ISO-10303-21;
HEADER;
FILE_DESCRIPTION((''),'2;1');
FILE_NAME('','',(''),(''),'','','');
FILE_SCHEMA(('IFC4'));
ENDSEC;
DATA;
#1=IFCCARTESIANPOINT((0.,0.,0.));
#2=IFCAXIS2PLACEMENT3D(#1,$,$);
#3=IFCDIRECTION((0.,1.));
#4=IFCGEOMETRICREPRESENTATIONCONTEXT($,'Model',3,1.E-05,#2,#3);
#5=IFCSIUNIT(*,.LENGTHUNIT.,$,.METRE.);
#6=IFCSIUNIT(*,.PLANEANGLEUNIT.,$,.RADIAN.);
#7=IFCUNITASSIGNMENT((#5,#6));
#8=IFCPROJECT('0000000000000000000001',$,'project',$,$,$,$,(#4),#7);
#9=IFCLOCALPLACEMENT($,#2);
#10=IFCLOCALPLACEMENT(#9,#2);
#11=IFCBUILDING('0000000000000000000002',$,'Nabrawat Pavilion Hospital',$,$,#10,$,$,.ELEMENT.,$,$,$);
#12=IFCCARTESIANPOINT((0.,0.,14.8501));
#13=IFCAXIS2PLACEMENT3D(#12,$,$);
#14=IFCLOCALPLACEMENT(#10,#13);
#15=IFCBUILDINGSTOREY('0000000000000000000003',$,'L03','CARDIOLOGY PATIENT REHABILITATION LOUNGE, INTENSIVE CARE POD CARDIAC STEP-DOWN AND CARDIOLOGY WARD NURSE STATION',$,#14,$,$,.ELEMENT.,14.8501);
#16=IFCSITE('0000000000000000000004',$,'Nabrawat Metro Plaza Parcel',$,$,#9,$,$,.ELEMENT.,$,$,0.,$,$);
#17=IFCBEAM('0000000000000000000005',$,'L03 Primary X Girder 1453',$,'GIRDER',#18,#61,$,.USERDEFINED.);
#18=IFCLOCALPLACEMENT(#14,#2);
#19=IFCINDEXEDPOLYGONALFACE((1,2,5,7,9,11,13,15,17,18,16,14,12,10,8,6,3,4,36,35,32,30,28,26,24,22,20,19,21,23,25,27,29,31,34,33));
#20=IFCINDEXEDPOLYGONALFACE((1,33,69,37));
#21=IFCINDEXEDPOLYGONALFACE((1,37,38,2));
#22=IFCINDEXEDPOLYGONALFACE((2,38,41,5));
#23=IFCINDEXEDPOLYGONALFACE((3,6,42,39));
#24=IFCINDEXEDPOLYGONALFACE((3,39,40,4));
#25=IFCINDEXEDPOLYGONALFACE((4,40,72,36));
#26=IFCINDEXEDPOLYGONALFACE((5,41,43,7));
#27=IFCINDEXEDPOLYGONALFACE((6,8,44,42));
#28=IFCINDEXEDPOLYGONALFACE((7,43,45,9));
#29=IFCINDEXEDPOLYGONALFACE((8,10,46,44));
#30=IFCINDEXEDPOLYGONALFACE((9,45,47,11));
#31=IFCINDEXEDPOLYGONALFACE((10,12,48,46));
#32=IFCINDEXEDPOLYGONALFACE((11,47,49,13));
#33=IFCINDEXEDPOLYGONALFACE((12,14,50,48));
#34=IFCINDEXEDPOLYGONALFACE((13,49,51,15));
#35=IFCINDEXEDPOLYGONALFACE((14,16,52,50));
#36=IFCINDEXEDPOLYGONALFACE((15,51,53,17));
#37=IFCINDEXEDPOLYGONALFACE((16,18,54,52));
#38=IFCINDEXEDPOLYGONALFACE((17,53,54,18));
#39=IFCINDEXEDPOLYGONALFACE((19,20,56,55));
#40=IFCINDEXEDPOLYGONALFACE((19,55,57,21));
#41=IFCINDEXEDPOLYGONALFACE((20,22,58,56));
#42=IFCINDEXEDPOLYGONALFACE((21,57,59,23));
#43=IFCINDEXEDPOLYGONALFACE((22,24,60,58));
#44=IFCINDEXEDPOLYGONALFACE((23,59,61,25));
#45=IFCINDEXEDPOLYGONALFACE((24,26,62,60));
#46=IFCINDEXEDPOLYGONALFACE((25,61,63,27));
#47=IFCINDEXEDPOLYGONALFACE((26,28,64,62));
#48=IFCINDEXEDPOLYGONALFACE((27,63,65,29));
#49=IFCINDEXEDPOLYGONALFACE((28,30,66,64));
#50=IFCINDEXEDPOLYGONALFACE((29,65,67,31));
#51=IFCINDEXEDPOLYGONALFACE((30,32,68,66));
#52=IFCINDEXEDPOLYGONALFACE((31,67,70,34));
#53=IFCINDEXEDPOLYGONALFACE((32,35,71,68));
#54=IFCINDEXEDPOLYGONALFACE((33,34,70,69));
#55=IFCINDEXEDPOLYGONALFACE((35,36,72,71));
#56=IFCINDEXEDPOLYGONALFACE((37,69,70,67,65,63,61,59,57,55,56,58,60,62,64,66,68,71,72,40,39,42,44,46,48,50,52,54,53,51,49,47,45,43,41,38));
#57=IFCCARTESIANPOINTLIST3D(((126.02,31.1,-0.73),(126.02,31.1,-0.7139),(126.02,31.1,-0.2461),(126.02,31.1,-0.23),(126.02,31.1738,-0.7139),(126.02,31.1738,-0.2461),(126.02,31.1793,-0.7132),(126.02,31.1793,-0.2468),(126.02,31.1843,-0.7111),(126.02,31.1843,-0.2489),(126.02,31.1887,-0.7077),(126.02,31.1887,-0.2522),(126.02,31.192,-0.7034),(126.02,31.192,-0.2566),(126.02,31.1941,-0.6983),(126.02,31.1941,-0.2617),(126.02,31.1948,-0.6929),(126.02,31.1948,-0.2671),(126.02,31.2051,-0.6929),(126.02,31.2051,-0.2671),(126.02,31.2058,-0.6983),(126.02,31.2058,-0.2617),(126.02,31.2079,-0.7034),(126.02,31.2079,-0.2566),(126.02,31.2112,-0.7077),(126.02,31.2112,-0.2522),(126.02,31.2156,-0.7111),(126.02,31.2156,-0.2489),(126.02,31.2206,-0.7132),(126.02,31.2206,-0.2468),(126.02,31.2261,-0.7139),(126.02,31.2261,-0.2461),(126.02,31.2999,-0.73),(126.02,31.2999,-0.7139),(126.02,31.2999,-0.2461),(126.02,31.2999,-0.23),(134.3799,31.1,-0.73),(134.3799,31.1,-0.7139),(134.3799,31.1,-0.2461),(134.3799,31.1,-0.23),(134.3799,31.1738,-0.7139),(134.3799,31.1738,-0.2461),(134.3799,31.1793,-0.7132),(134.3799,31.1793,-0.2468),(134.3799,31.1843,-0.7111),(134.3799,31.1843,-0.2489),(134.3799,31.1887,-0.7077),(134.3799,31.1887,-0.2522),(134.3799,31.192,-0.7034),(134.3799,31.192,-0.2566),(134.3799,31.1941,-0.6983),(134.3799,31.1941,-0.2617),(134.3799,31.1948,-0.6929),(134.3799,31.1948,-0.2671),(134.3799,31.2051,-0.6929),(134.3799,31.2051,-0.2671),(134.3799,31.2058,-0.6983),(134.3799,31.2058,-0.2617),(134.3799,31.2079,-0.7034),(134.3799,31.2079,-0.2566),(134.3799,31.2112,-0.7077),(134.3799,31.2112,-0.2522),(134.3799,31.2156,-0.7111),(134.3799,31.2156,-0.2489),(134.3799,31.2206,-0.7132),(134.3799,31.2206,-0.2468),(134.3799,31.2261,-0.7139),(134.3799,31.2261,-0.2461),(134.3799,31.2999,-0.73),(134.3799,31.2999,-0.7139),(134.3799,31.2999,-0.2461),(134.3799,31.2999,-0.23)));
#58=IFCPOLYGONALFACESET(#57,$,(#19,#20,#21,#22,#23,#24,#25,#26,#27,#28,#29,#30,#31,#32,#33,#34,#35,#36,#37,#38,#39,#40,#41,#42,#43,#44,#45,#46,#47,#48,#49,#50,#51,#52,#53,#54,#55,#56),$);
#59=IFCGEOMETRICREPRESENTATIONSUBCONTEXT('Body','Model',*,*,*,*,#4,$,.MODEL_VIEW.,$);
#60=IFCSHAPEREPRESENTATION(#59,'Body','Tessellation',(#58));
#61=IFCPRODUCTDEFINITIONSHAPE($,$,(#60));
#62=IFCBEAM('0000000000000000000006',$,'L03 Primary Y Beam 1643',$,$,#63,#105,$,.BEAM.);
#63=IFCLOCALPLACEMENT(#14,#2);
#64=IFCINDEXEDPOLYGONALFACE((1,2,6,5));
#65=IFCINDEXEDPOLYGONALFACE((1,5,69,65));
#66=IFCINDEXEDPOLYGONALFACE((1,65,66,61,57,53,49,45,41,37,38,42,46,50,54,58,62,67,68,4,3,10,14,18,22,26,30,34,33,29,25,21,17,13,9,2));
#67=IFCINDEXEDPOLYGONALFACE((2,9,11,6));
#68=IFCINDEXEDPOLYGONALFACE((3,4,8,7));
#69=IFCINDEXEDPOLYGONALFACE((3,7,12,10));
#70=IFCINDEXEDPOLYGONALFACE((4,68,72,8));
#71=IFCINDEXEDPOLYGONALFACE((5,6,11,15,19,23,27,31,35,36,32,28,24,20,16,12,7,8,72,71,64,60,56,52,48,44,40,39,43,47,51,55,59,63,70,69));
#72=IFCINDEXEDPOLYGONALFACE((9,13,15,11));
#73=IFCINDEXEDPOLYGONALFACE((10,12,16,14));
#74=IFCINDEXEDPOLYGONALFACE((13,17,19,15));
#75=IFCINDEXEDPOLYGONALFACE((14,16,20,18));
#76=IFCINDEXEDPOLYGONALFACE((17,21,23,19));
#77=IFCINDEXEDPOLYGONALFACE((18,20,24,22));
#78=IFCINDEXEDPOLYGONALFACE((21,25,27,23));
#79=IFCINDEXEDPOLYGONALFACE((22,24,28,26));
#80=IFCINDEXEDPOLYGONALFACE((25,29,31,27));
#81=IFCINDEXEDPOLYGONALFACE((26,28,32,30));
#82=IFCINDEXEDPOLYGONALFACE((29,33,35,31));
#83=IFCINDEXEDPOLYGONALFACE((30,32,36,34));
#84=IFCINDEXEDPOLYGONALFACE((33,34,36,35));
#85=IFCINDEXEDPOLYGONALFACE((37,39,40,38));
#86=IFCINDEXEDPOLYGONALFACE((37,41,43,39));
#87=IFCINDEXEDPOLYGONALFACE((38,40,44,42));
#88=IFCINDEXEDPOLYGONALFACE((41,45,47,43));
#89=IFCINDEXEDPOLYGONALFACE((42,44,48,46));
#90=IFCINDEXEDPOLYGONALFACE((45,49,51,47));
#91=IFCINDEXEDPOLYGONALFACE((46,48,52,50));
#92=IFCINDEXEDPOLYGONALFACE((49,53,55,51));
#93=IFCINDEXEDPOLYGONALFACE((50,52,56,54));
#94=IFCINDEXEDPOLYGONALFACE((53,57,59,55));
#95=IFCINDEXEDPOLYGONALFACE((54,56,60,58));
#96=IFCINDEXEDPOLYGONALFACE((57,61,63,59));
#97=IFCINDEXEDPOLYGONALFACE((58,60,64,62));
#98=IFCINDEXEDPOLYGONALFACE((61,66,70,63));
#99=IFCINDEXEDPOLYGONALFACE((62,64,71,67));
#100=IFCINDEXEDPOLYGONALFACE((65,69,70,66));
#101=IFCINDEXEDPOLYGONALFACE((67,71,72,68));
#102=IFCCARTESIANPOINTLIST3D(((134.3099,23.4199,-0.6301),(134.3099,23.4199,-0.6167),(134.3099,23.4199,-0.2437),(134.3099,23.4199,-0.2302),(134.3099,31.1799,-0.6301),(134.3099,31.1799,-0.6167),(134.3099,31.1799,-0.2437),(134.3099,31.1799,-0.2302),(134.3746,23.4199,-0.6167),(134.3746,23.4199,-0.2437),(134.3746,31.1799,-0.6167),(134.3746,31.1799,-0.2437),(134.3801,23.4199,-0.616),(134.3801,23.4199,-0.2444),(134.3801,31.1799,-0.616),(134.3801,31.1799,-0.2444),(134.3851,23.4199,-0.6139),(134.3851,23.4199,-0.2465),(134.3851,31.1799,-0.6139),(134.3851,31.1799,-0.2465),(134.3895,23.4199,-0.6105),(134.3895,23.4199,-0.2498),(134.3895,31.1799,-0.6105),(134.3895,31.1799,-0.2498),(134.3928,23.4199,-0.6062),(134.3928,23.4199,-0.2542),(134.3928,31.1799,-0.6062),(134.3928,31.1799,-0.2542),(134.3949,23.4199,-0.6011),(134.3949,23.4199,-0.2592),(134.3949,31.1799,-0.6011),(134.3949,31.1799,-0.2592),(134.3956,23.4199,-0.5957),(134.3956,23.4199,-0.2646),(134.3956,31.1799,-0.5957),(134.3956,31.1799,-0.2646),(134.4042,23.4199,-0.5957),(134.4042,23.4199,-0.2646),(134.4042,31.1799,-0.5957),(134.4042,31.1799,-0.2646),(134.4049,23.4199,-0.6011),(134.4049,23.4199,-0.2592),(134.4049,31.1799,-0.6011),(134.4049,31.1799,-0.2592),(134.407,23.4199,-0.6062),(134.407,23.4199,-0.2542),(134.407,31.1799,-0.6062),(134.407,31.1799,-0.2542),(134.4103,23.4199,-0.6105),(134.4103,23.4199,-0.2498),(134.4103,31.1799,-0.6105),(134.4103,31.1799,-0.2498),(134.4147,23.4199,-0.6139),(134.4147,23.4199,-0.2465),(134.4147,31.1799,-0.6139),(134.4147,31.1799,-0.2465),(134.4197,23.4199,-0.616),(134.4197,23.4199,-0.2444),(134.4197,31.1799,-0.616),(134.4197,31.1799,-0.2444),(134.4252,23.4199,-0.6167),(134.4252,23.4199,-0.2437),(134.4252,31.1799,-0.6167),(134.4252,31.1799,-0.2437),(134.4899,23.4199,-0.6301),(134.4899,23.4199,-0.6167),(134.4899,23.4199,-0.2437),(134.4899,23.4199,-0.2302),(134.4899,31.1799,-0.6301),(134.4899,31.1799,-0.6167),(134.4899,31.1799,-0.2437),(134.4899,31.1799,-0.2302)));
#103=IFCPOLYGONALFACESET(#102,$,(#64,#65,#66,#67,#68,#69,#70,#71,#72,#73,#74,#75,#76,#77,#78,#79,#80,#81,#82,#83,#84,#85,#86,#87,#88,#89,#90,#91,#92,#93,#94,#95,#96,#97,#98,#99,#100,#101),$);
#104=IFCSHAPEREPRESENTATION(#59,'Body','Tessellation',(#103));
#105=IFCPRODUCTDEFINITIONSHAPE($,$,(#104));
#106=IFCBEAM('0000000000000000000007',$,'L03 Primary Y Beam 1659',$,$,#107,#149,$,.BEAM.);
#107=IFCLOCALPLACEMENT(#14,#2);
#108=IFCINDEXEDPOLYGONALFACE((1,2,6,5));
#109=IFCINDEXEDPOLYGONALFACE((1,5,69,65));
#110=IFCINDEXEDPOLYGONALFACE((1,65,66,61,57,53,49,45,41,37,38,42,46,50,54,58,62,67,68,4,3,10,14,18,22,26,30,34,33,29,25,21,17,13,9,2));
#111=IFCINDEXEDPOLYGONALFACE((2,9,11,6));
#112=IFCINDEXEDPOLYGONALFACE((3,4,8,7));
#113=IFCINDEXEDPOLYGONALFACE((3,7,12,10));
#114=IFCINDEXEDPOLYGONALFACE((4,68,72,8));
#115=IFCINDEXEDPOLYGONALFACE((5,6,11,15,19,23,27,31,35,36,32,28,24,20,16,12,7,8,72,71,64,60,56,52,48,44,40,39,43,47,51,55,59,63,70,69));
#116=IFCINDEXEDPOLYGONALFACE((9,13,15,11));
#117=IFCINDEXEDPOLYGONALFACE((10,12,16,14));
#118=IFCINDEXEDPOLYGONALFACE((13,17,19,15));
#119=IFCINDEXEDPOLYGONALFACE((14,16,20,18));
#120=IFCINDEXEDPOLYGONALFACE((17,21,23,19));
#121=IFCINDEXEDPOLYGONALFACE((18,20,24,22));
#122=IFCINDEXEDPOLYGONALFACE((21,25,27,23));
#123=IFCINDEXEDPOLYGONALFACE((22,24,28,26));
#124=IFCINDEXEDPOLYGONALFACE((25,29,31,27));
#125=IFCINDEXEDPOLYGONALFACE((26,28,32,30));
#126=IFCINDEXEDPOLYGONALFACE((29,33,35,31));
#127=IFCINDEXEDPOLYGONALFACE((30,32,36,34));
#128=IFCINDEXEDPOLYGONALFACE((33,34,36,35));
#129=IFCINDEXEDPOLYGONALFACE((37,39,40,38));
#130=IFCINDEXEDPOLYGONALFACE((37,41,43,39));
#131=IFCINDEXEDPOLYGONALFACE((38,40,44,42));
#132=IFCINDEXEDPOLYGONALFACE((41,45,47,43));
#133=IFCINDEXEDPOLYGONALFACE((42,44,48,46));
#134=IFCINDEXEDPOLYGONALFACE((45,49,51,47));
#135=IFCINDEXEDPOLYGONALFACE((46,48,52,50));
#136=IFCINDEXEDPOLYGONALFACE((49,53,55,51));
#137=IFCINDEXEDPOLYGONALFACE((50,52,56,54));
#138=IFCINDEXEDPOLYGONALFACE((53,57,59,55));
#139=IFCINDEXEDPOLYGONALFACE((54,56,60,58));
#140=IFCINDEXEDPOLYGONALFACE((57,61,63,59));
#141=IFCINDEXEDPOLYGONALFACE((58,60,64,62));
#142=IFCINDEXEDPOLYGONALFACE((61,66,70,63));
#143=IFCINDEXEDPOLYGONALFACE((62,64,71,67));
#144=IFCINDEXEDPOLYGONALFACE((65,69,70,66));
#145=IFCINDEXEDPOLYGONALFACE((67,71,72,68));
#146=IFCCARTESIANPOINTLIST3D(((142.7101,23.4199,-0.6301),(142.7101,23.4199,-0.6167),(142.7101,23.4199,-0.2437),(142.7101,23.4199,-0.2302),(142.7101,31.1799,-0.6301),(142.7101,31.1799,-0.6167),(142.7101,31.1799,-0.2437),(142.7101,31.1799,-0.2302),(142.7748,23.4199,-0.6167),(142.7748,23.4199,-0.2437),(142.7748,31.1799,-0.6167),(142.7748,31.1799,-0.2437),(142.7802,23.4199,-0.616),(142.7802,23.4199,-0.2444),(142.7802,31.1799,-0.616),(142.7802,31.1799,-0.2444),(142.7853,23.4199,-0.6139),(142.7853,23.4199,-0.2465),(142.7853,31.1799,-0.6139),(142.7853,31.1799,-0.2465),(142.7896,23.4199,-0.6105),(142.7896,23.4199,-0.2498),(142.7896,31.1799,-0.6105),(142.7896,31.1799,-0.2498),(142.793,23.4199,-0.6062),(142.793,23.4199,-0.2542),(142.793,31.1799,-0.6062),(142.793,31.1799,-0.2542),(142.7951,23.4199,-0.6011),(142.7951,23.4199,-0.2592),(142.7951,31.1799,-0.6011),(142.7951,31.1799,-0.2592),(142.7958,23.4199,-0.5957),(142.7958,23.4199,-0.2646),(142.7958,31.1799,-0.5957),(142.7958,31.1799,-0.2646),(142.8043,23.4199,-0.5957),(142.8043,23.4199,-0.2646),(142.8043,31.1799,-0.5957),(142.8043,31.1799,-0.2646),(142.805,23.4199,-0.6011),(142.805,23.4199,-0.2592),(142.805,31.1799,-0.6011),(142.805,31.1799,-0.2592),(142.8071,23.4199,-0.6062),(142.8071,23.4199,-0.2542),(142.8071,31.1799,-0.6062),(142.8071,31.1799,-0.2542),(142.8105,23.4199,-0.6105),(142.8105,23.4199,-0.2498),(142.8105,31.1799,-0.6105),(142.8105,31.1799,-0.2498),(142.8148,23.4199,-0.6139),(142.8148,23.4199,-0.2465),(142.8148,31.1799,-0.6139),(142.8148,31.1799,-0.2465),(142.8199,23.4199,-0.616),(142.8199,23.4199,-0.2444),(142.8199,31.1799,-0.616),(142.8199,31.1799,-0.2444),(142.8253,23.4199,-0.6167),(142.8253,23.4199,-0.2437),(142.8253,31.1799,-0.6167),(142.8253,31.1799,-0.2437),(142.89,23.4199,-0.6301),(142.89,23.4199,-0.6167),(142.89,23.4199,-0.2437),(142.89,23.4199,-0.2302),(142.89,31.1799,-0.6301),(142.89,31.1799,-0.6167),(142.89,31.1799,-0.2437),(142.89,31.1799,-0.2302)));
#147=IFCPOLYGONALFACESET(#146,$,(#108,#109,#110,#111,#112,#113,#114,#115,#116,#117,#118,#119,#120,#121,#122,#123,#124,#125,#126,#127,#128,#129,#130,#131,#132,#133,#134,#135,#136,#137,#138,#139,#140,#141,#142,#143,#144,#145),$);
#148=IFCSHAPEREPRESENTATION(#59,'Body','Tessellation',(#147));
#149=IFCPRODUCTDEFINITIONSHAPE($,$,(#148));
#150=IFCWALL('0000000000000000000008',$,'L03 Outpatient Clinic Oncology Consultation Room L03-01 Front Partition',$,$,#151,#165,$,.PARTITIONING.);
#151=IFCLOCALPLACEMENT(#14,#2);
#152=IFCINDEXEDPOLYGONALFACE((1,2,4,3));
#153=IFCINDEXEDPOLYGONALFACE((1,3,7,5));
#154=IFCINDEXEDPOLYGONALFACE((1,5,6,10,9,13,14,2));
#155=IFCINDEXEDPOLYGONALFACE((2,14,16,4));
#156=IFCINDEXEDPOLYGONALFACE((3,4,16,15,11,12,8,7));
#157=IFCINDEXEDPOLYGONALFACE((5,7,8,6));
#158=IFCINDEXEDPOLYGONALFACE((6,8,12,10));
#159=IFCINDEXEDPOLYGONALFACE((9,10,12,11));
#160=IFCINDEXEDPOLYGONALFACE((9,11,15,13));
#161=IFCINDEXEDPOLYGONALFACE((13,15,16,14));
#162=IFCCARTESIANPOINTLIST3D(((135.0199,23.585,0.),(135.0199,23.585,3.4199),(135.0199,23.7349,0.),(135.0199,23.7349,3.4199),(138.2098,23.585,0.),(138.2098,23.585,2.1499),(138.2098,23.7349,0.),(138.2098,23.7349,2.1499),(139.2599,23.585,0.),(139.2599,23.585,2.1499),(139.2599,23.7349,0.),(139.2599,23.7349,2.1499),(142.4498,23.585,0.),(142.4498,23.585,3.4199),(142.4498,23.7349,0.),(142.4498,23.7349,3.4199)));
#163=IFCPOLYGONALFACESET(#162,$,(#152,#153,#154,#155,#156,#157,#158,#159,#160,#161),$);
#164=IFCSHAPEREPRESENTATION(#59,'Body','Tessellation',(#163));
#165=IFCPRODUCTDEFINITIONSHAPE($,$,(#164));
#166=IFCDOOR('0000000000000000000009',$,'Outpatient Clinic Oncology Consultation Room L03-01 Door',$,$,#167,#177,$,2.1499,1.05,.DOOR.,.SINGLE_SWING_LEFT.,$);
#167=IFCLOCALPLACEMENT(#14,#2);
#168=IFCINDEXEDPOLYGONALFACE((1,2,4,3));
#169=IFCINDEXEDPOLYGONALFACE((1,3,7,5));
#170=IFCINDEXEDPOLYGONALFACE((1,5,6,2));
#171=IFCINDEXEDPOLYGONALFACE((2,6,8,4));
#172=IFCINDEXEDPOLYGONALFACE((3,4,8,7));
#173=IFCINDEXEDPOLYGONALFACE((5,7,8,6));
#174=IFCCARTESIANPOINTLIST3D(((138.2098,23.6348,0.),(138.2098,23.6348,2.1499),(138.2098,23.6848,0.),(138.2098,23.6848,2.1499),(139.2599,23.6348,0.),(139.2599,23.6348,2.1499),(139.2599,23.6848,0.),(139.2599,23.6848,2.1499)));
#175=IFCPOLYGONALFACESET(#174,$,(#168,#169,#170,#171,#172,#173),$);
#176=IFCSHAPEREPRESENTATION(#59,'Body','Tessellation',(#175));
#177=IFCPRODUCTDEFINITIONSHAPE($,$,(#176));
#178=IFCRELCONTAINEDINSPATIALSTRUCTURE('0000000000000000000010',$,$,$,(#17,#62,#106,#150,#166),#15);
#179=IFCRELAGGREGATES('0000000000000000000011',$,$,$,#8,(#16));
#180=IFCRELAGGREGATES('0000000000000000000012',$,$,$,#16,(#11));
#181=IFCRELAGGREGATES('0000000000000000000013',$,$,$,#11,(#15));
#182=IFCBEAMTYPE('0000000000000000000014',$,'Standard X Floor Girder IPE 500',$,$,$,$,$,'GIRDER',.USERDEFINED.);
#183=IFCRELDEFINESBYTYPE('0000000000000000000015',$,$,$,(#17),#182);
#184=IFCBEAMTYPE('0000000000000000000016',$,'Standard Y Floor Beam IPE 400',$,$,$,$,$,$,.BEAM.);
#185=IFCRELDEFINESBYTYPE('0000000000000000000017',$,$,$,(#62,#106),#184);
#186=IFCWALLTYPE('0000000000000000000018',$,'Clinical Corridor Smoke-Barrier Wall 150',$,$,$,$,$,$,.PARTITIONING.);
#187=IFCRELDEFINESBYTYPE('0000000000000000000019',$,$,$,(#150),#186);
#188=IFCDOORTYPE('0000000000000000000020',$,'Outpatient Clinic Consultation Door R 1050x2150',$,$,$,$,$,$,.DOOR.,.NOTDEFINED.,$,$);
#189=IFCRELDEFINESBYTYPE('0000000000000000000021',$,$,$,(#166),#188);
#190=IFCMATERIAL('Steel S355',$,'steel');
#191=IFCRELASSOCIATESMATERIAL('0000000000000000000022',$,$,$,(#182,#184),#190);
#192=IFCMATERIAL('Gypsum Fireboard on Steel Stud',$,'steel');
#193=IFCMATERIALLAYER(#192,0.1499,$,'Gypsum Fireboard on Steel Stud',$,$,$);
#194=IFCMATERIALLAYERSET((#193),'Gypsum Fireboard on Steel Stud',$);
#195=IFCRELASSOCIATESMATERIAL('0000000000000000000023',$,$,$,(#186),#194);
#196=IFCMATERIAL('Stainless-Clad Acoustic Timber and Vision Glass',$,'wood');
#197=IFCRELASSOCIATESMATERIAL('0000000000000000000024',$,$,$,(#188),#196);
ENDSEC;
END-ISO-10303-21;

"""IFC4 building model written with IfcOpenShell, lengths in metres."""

from ifc_helpers import new_model, si_unit, direction, frame, frame_2d, origin, origin_2d, place, context, subcontext, project, spatial, rectangle, i_section, extrude, material, layer, layer_set, material_profile, profile_set, type_object, element, fill, save


model = new_model("IFC4")

# Units and contexts
model_context = context("Model", 3, precision=1e-05, world=origin(), true_north=direction((0.0, 1.0)))
body_context = subcontext(model_context, "Body", "Model", "MODEL_VIEW")
ifc_project = project(units=[si_unit("LENGTHUNIT", "METRE"), si_unit("PLANEANGLEUNIT", "RADIAN")], contexts=[model_context])

# Site, building, storey
site_placement = place(None, origin())
site = spatial("IfcSite", under=ifc_project, at=site_placement, Name="Nabrawat Metro Plaza Parcel", CompositionType="ELEMENT", RefElevation=0.0)
building_placement = place(site_placement, origin())
building = spatial("IfcBuilding", under=site, at=building_placement, Name="Nabrawat Pavilion Hospital", CompositionType="ELEMENT")
storey_placement = place(building_placement, frame((0.0, 0.0, 14.8501)))
storey = spatial("IfcBuildingStorey", under=building, at=storey_placement, Name="L03", Description="CARDIOLOGY PATIENT REHABILITATION LOUNGE, INTENSIVE CARE POD CARDIAC STEP-DOWN AND CARDIOLOGY WARD NURSE STATION", CompositionType="ELEMENT", Elevation=14.8501)

# Shared definitions
ifc_material_1 = material(Name="Steel S355", Category="steel")

# Beams
ifc_material_profile_1 = material_profile(ifc_material_1, i_section(OverallWidth=0.2, OverallDepth=0.5, WebThickness=0.0103, FlangeThickness=0.0161, FilletRadius=0.021, at=origin_2d()), Name="IPE 500")
ifc_profile_set_1 = profile_set([ifc_material_profile_1], Name="Steel S355")
beam_type_1 = type_object("IfcBeamType", Name="Standard X Floor Girder IPE 500", ElementType="GIRDER", PredefinedType="USERDEFINED", material=ifc_profile_set_1)
for number, where, z_axis, x_axis, name in (
    (1, (126.02, 31.2, -0.48), (1.0, 0.0, 0.0), (0.0, 1.0, 0.0), "L03 Primary X Girder 1453"),
):
    element("IfcBeam", number, at=place(storey_placement, frame(where, z_axis=z_axis, x_axis=x_axis)), inside=storey, type_object=beam_type_1, Name=name, ObjectType="GIRDER", PredefinedType="USERDEFINED", context=body_context, shape_type="SweptSolid", body=[
        extrude(i_section(OverallWidth=0.2, OverallDepth=0.5, WebThickness=0.0103, FlangeThickness=0.0161, FilletRadius=0.021, at=origin_2d()), origin(), (0.0, 0.0, 1.0), 8.3599),
    ])
ifc_material_profile_2 = material_profile(ifc_material_1, i_section(OverallWidth=0.1799, OverallDepth=0.3999, WebThickness=0.0085, FlangeThickness=0.0134, FilletRadius=0.021, at=origin_2d()), Name="IPE 400")
ifc_profile_set_2 = profile_set([ifc_material_profile_2], Name="Steel S355")
beam_type_2 = type_object("IfcBeamType", Name="Standard Y Floor Beam IPE 400", PredefinedType="BEAM", material=ifc_profile_set_2)
for number, where, z_axis, x_axis, name in (
    (2, (134.3999, 23.4199, -0.4302), (0.0, 1.0, 0.0), (-1.0, 0.0, 0.0), "L03 Primary Y Beam 1643"),
    (3, (142.8, 23.4199, -0.4302), (0.0, 1.0, 0.0), (-1.0, 0.0, 0.0), "L03 Primary Y Beam 1659"),
):
    element("IfcBeam", number, at=place(storey_placement, frame(where, z_axis=z_axis, x_axis=x_axis)), inside=storey, type_object=beam_type_2, Name=name, PredefinedType="BEAM", context=body_context, shape_type="SweptSolid", body=[
        extrude(i_section(OverallWidth=0.1799, OverallDepth=0.3999, WebThickness=0.0085, FlangeThickness=0.0134, FilletRadius=0.021, at=origin_2d()), origin(), (0.0, 0.0, 1.0), 7.76),
    ])

# Wall, opening, door
ifc_material_2 = material(Name="Gypsum Fireboard on Steel Stud", Category="steel")
ifc_layer_1 = layer(ifc_material_2, 0.1499, Name="Gypsum Fireboard on Steel Stud")
ifc_layer_set_1 = layer_set([ifc_layer_1], Name="Gypsum Fireboard on Steel Stud")
wall_type_1 = type_object("IfcWallType", Name="Clinical Corridor Smoke-Barrier Wall 150", PredefinedType="PARTITIONING", material=ifc_layer_set_1)
ifc_material_3 = material(Name="Stainless-Clad Acoustic Timber and Vision Glass", Category="wood")
wall_1_placement = place(storey_placement, frame((135.02, 23.6599, 0.0), z_axis=(0.0, 0.0, 1.0), x_axis=(1.0, 0.0, 0.0)))
wall_1 = element("IfcWall", 4, at=wall_1_placement, inside=storey, type_object=wall_type_1, Name="L03 Outpatient Clinic Oncology Consultation Room L03-01 Front Partition", PredefinedType="PARTITIONING", context=body_context, shape_type="SweptSolid", body=[
    extrude(rectangle(XDim=7.4299, YDim=0.1499, at=frame_2d((3.7148, 0.0))), origin(), (0.0, 0.0, 1.0), 3.4199),
])
opening_1_placement = place(wall_1_placement, frame((3.1899, 0.0, 0.0)))
opening_1 = element("IfcOpeningElement", 5, at=opening_1_placement, cuts=wall_1, PredefinedType="OPENING", context=body_context, shape_type="SweptSolid", body=[
    extrude(rectangle(XDim=1.05, YDim=2.1499, at=frame_2d((0.5249, 1.075))), frame((0.0, 0.085, 0.0), z_axis=(0.0, -1.0, 0.0), x_axis=(1.0, 0.0, 0.0)), (0.0, 0.0, 1.0), 0.1699),
])
door_type_1 = type_object("IfcDoorType", Name="Outpatient Clinic Consultation Door R 1050x2150", OperationType="NOTDEFINED", PredefinedType="DOOR", material=ifc_material_3)
door_1_placement = place(opening_1_placement, origin())
door_1 = element("IfcDoor", 6, at=door_1_placement, inside=storey, type_object=door_type_1, Name="Outpatient Clinic Oncology Consultation Room L03-01 Door", OperationType="SINGLE_SWING_LEFT", OverallHeight=2.1499, OverallWidth=1.05, PredefinedType="DOOR", context=body_context, shape_type="SweptSolid", body=[
    extrude(rectangle(XDim=1.05, YDim=2.1499, at=frame_2d((0.5249, 1.075))), frame((0.0, 0.0249, 0.0), z_axis=(0.0, -1.0, 0.0), x_axis=(1.0, 0.0, 0.0)), (0.0, 0.0, 1.0), 0.05),
])
fill(opening_1, door_1)

save(model, "model.ifc")
